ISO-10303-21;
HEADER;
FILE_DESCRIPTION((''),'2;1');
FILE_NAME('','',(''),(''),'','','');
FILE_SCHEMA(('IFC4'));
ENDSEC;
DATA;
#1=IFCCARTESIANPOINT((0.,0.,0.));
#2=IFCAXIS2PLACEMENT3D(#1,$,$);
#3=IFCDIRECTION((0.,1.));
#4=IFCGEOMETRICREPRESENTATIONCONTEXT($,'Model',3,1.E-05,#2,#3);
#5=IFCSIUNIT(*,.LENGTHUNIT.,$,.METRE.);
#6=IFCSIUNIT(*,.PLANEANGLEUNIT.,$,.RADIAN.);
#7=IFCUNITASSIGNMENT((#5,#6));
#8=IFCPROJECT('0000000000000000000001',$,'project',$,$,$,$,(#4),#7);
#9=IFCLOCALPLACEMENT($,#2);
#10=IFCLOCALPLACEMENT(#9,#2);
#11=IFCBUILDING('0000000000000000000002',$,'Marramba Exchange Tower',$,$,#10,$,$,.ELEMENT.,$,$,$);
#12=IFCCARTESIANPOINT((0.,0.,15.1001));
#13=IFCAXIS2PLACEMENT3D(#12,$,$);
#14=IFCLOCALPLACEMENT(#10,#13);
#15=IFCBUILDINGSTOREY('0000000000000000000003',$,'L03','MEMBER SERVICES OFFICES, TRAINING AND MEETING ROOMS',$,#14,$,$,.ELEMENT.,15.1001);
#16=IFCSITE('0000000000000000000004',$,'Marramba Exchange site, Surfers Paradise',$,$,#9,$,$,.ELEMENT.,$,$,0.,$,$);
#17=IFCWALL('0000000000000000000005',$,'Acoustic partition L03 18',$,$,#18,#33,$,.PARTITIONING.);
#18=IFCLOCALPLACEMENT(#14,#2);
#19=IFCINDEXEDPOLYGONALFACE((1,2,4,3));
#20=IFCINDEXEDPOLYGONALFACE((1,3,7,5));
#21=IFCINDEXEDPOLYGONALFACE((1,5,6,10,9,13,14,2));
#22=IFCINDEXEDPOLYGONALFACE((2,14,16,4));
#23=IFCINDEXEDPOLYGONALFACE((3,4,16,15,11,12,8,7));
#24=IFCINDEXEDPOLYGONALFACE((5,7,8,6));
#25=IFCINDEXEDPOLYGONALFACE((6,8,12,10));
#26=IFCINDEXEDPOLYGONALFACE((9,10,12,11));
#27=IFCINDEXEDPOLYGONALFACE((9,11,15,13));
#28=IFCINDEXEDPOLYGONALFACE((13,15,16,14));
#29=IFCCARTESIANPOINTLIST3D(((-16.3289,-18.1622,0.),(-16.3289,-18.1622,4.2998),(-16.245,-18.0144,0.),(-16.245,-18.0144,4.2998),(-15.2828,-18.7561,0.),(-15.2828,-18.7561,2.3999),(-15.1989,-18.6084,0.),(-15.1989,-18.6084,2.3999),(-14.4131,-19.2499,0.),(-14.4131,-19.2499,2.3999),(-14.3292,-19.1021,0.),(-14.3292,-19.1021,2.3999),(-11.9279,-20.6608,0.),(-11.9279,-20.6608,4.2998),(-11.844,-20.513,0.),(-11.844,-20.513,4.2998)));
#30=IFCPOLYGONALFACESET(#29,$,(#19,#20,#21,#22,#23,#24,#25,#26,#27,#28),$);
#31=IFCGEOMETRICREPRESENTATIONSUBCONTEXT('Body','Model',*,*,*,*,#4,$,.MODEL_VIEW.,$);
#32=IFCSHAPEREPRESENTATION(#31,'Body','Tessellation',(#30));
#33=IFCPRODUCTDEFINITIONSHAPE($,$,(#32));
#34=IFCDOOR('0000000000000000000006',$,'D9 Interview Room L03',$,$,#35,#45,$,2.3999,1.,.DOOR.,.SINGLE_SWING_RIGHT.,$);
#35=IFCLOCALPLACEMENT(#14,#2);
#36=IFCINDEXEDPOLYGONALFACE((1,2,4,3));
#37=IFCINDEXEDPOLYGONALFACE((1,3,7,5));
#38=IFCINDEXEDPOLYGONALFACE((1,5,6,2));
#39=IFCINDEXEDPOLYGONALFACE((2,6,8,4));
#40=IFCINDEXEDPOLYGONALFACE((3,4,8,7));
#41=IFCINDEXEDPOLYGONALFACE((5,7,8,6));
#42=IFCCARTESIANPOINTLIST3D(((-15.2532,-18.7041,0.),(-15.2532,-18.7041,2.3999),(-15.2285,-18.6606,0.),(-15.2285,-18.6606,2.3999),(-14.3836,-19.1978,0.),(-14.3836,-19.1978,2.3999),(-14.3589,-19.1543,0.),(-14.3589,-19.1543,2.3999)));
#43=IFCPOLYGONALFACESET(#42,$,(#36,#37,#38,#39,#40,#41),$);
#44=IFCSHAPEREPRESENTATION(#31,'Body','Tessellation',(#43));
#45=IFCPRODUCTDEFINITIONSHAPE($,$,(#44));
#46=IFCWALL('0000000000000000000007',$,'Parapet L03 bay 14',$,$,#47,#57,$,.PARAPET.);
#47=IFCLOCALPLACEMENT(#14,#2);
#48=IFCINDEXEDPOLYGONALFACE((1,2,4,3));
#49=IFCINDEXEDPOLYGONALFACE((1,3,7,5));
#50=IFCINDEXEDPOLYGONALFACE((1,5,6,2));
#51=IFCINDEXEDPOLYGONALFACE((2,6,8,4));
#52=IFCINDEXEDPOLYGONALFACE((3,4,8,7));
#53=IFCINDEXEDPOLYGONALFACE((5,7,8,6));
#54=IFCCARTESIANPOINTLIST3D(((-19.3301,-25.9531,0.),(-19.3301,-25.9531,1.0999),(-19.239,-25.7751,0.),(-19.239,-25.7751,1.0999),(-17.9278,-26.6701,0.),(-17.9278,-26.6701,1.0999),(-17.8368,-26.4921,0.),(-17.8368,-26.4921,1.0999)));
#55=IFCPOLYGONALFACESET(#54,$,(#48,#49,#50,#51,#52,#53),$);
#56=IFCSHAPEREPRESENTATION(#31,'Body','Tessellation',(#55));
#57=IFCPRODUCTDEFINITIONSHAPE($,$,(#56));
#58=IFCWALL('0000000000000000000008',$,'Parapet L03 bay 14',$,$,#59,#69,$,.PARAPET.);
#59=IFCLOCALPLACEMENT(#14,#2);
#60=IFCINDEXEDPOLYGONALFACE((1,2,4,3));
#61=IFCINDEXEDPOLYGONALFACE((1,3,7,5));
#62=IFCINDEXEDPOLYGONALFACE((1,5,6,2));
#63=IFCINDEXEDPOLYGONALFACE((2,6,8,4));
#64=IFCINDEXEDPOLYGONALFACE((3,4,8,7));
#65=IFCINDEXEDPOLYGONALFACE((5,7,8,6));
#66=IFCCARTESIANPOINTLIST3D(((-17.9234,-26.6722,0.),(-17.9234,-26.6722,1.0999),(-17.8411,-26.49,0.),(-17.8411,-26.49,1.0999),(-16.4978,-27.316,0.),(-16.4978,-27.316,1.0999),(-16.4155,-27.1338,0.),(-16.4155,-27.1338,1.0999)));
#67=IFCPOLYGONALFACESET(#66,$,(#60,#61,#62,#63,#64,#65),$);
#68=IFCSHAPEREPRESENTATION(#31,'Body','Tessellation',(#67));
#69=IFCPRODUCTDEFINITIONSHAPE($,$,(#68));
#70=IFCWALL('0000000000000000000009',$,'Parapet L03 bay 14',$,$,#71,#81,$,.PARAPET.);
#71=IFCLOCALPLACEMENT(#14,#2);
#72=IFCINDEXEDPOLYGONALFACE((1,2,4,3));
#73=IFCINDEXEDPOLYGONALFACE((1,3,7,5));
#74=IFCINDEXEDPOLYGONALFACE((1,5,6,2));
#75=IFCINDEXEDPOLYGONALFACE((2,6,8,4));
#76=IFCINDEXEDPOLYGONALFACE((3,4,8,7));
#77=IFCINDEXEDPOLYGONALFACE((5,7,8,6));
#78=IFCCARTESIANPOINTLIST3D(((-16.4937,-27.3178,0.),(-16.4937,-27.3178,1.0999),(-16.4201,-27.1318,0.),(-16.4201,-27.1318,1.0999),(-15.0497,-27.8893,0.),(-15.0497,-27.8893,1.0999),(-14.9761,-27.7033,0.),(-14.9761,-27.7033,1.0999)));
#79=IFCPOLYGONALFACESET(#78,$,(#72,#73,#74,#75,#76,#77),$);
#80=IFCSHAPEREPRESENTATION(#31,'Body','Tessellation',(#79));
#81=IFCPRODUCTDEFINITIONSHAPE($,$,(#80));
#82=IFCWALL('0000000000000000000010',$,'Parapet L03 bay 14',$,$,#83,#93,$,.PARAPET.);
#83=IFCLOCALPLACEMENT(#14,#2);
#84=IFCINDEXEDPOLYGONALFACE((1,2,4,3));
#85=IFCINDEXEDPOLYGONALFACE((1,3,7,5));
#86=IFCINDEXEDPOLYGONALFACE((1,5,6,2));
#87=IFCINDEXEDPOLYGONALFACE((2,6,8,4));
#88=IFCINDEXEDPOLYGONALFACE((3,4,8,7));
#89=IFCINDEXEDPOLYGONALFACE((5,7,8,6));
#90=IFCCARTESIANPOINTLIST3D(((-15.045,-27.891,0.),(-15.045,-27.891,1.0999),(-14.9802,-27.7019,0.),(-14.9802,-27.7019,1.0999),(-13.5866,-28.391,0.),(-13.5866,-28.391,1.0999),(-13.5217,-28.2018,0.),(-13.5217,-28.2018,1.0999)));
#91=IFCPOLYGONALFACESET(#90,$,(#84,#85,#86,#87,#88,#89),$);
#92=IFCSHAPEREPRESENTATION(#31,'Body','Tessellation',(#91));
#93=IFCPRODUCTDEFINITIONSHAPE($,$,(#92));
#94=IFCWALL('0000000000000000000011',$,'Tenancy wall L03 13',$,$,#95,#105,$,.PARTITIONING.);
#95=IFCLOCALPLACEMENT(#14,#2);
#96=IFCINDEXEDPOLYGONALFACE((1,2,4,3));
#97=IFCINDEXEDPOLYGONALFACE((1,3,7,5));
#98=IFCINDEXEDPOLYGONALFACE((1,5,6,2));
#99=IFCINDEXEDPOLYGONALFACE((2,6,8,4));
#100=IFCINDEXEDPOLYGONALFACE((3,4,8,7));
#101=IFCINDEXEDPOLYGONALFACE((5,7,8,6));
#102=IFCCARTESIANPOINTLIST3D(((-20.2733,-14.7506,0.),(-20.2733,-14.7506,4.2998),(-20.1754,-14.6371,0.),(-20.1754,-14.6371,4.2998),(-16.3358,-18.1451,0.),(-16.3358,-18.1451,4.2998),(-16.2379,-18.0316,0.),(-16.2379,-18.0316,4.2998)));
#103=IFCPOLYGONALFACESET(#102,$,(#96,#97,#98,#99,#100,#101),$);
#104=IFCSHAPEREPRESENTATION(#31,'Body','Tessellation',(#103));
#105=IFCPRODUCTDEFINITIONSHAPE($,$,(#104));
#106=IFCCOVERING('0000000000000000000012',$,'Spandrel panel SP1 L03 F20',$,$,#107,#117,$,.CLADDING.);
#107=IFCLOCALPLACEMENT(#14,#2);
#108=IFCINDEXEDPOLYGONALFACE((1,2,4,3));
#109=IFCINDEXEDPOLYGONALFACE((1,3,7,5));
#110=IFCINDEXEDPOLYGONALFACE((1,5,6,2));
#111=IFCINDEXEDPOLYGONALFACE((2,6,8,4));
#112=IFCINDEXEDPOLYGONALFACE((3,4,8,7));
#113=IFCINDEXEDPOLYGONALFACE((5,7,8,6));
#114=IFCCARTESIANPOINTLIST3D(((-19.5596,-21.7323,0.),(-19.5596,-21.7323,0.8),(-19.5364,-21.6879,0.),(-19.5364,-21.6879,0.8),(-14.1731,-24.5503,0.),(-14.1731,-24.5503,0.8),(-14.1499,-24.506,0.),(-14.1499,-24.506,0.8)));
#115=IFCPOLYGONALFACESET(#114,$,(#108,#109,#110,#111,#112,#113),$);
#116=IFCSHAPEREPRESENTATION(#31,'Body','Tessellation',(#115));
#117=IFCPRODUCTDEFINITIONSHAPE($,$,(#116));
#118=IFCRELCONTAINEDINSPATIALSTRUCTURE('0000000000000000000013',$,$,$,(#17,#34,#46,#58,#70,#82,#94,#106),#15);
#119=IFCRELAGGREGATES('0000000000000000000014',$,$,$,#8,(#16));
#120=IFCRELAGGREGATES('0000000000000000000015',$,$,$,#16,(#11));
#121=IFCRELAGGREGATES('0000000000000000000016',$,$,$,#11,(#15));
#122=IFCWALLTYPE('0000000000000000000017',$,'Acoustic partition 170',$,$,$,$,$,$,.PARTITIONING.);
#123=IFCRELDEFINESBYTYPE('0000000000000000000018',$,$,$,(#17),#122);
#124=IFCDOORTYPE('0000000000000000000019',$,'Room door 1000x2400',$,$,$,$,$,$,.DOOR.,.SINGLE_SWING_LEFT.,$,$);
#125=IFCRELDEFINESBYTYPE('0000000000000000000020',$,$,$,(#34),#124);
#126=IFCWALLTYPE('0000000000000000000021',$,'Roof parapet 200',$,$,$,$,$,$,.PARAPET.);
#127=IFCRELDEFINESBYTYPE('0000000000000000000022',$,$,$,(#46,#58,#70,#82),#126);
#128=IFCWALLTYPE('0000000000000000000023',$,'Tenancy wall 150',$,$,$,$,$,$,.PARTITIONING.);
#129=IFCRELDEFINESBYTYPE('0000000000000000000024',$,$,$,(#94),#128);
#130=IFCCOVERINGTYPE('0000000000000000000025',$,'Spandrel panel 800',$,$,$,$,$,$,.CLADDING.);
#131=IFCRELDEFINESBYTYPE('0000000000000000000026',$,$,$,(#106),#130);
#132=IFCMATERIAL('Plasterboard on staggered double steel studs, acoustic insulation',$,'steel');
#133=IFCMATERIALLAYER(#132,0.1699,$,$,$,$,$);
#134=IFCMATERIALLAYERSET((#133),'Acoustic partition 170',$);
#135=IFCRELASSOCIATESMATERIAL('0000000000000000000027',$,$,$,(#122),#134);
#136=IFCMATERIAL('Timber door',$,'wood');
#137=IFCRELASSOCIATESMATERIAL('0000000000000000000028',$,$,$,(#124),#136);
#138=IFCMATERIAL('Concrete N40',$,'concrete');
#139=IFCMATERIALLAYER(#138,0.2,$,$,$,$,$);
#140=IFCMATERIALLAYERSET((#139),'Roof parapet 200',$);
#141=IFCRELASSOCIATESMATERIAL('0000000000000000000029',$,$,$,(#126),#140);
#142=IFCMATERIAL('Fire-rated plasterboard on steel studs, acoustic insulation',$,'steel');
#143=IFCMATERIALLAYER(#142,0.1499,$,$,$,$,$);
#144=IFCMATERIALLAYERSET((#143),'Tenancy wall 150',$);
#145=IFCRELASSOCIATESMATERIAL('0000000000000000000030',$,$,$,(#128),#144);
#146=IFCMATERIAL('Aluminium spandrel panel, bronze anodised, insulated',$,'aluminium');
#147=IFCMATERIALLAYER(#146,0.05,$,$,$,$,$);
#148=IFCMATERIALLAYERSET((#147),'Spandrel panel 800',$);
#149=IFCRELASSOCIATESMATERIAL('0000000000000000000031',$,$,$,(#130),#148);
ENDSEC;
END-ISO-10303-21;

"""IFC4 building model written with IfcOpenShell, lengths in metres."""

from ifc_helpers import new_model, si_unit, direction, frame, frame_2d, origin, origin_2d, place, context, subcontext, project, spatial, rectangle, extrude, material, layer, layer_set, type_object, element, fill, save


model = new_model("IFC4")

# Units and contexts
model_context = context("Model", 3, precision=1e-05, world=origin(), true_north=direction((0.0, 1.0)))
body_context = subcontext(model_context, "Body", "Model", "MODEL_VIEW")
ifc_project = project(units=[si_unit("LENGTHUNIT", "METRE"), si_unit("PLANEANGLEUNIT", "RADIAN")], contexts=[model_context])

# Site, building, storey
site_placement = place(None, origin())
site = spatial("IfcSite", under=ifc_project, at=site_placement, Name="Marramba Exchange site, Surfers Paradise", CompositionType="ELEMENT", RefElevation=0.0)
building_placement = place(site_placement, origin())
building = spatial("IfcBuilding", under=site, at=building_placement, Name="Marramba Exchange Tower", CompositionType="ELEMENT")
storey_placement = place(building_placement, frame((0.0, 0.0, 15.1001)))
storey = spatial("IfcBuildingStorey", under=building, at=storey_placement, Name="L03", Description="MEMBER SERVICES OFFICES, TRAINING AND MEETING ROOMS", CompositionType="ELEMENT", Elevation=15.1001)

# Shared definitions
ifc_material_1 = material(Name="Plasterboard on staggered double steel studs, acoustic insulation", Category="steel")
ifc_layer_1 = layer(ifc_material_1, 0.1699)
ifc_layer_set_1 = layer_set([ifc_layer_1], Name="Acoustic partition 170")
wall_type_1 = type_object("IfcWallType", Name="Acoustic partition 170", PredefinedType="PARTITIONING", material=ifc_layer_set_1)

# Wall, opening, door
wall_1_placement = place(storey_placement, frame((-16.2869, -18.0884, 0.0), z_axis=(0.0, 0.0, 1.0), x_axis=(0.869623, -0.493716, 0.0)))
wall_1 = element("IfcWall", 1, at=wall_1_placement, inside=storey, type_object=wall_type_1, Name="Acoustic partition L03 18", PredefinedType="PARTITIONING", context=body_context, shape_type="SweptSolid", body=[
    extrude(rectangle(XDim=5.0608, YDim=0.1699, at=frame_2d((2.5303, 0.0))), origin(), (0.0, 0.0, 1.0), 4.2998),
])
opening_placement = place(wall_1_placement, frame((1.2029, 0.0, 0.0)))
opening = element("IfcOpeningElement", 2, at=opening_placement, cuts=wall_1, PredefinedType="OPENING", context=body_context, shape_type="SweptSolid", body=[
    extrude(rectangle(XDim=1.0, YDim=2.3999, at=frame_2d((0.5, 1.2))), frame((0.0, 0.095, 0.0), z_axis=(0.0, -1.0, 0.0), x_axis=(1.0, 0.0, 0.0)), (0.0, 0.0, 1.0), 0.1899),
])
ifc_material_2 = material(Name="Timber door", Category="wood")
door_type = type_object("IfcDoorType", Name="Room door 1000x2400", OperationType="SINGLE_SWING_LEFT", PredefinedType="DOOR", material=ifc_material_2)
door_placement = place(opening_placement, frame((1.0, 0.0, 0.0), z_axis=(0.0, 0.0, 1.0), x_axis=(-1.0, 0.0, 0.0)))
door = element("IfcDoor", 3, at=door_placement, inside=storey, type_object=door_type, Name="D9 Interview Room L03", OperationType="SINGLE_SWING_RIGHT", OverallHeight=2.3999, OverallWidth=1.0, PredefinedType="DOOR", context=body_context, shape_type="SweptSolid", body=[
    extrude(rectangle(XDim=1.0, YDim=2.3999, at=frame_2d((0.5, 1.2))), frame((0.0, 0.0251, 0.0), z_axis=(0.0, -1.0, 0.0), x_axis=(1.0, 0.0, 0.0)), (0.0, 0.0, 1.0), 0.05),
])
fill(opening, door)

# Walls
ifc_material_3 = material(Name="Concrete N40", Category="concrete")
ifc_layer_2 = layer(ifc_material_3, 0.2)
ifc_layer_set_2 = layer_set([ifc_layer_2], Name="Roof parapet 200")
wall_type_2 = type_object("IfcWallType", Name="Roof parapet 200", PredefinedType="PARAPET", material=ifc_layer_set_2)
wall_2_placement = place(storey_placement, frame((-19.2847, -25.864, 0.0), z_axis=(0.0, 0.0, 1.0), x_axis=(0.890361, -0.455256, 0.0)))
element("IfcWall", 4, at=wall_2_placement, inside=storey, type_object=wall_type_2, Name="Parapet L03 bay 14", PredefinedType="PARAPET", context=body_context, shape_type="SweptSolid", body=[
    extrude(rectangle(XDim=1.575, YDim=0.2, at=frame_2d((0.7876, 0.0))), origin(), (0.0, 0.0, 1.0), 1.0999),
])
wall_3_placement = place(storey_placement, frame((-17.8823, -26.5811, 0.0), z_axis=(0.0, 0.0, 1.0), x_axis=(0.911369, -0.411591, 0.0)))
element("IfcWall", 5, at=wall_3_placement, inside=storey, type_object=wall_type_2, Name="Parapet L03 bay 14", PredefinedType="PARAPET", context=body_context, shape_type="SweptSolid", body=[
    extrude(rectangle(XDim=1.5642, YDim=0.2, at=frame_2d((0.7822, 0.0))), origin(), (0.0, 0.0, 1.0), 1.0999),
])
wall_4_placement = place(storey_placement, frame((-16.4568, -27.2249, 0.0), z_axis=(0.0, 0.0, 1.0), x_axis=(0.929826, -0.368, 0.0)))
element("IfcWall", 6, at=wall_4_placement, inside=storey, type_object=wall_type_2, Name="Parapet L03 bay 14", PredefinedType="PARAPET", context=body_context, shape_type="SweptSolid", body=[
    extrude(rectangle(XDim=1.553, YDim=0.2, at=frame_2d((0.7764, 0.0))), origin(), (0.0, 0.0, 1.0), 1.0999),
])
wall_5_placement = place(storey_placement, frame((-15.0127, -27.7964, 0.0), z_axis=(0.0, 0.0, 1.0), x_axis=(0.945957, -0.324292, 0.0)))
element("IfcWall", 7, at=wall_5_placement, inside=storey, type_object=wall_type_2, Name="Parapet L03 bay 14", PredefinedType="PARAPET", context=body_context, shape_type="SweptSolid", body=[
    extrude(rectangle(XDim=1.5417, YDim=0.2, at=frame_2d((0.771, 0.0))), origin(), (0.0, 0.0, 1.0), 1.0999),
])
ifc_material_4 = material(Name="Fire-rated plasterboard on steel studs, acoustic insulation", Category="steel")
ifc_layer_3 = layer(ifc_material_4, 0.1499)
ifc_layer_set_3 = layer_set([ifc_layer_3], Name="Tenancy wall 150")
wall_type_3 = type_object("IfcWallType", Name="Tenancy wall 150", PredefinedType="PARTITIONING", material=ifc_layer_set_3)
wall_6_placement = place(storey_placement, frame((-20.2244, -14.6938, 0.0), z_axis=(0.0, 0.0, 1.0), x_axis=(0.757397, -0.652954, 0.0)))
element("IfcWall", 8, at=wall_6_placement, inside=storey, type_object=wall_type_3, Name="Tenancy wall L03 13", PredefinedType="PARTITIONING", context=body_context, shape_type="SweptSolid", body=[
    extrude(rectangle(XDim=5.1987, YDim=0.1499, at=frame_2d((2.5994, 0.0))), origin(), (0.0, 0.0, 1.0), 4.2998),
])

# Covering
ifc_material_5 = material(Name="Aluminium spandrel panel, bronze anodised, insulated", Category="aluminium")
ifc_layer_4 = layer(ifc_material_5, 0.05)
ifc_layer_set_4 = layer_set([ifc_layer_4], Name="Spandrel panel 800")
covering_type = type_object("IfcCoveringType", Name="Spandrel panel 800", PredefinedType="CLADDING", material=ifc_layer_set_4)
covering_placement = place(storey_placement, frame((-16.8547, -23.1191, 0.0), z_axis=(0.0, 0.0, 1.0), x_axis=(0.886062, -0.463567, 0.0)))
element("IfcCovering", 9, at=covering_placement, inside=storey, type_object=covering_type, Name="Spandrel panel SP1 L03 F20", PredefinedType="CLADDING", context=body_context, shape_type="SweptSolid", body=[
    extrude(rectangle(XDim=6.0791, YDim=0.05, at=origin_2d()), origin(), (0.0, 0.0, 1.0), 0.8),
])

save(model, "model.ifc")
